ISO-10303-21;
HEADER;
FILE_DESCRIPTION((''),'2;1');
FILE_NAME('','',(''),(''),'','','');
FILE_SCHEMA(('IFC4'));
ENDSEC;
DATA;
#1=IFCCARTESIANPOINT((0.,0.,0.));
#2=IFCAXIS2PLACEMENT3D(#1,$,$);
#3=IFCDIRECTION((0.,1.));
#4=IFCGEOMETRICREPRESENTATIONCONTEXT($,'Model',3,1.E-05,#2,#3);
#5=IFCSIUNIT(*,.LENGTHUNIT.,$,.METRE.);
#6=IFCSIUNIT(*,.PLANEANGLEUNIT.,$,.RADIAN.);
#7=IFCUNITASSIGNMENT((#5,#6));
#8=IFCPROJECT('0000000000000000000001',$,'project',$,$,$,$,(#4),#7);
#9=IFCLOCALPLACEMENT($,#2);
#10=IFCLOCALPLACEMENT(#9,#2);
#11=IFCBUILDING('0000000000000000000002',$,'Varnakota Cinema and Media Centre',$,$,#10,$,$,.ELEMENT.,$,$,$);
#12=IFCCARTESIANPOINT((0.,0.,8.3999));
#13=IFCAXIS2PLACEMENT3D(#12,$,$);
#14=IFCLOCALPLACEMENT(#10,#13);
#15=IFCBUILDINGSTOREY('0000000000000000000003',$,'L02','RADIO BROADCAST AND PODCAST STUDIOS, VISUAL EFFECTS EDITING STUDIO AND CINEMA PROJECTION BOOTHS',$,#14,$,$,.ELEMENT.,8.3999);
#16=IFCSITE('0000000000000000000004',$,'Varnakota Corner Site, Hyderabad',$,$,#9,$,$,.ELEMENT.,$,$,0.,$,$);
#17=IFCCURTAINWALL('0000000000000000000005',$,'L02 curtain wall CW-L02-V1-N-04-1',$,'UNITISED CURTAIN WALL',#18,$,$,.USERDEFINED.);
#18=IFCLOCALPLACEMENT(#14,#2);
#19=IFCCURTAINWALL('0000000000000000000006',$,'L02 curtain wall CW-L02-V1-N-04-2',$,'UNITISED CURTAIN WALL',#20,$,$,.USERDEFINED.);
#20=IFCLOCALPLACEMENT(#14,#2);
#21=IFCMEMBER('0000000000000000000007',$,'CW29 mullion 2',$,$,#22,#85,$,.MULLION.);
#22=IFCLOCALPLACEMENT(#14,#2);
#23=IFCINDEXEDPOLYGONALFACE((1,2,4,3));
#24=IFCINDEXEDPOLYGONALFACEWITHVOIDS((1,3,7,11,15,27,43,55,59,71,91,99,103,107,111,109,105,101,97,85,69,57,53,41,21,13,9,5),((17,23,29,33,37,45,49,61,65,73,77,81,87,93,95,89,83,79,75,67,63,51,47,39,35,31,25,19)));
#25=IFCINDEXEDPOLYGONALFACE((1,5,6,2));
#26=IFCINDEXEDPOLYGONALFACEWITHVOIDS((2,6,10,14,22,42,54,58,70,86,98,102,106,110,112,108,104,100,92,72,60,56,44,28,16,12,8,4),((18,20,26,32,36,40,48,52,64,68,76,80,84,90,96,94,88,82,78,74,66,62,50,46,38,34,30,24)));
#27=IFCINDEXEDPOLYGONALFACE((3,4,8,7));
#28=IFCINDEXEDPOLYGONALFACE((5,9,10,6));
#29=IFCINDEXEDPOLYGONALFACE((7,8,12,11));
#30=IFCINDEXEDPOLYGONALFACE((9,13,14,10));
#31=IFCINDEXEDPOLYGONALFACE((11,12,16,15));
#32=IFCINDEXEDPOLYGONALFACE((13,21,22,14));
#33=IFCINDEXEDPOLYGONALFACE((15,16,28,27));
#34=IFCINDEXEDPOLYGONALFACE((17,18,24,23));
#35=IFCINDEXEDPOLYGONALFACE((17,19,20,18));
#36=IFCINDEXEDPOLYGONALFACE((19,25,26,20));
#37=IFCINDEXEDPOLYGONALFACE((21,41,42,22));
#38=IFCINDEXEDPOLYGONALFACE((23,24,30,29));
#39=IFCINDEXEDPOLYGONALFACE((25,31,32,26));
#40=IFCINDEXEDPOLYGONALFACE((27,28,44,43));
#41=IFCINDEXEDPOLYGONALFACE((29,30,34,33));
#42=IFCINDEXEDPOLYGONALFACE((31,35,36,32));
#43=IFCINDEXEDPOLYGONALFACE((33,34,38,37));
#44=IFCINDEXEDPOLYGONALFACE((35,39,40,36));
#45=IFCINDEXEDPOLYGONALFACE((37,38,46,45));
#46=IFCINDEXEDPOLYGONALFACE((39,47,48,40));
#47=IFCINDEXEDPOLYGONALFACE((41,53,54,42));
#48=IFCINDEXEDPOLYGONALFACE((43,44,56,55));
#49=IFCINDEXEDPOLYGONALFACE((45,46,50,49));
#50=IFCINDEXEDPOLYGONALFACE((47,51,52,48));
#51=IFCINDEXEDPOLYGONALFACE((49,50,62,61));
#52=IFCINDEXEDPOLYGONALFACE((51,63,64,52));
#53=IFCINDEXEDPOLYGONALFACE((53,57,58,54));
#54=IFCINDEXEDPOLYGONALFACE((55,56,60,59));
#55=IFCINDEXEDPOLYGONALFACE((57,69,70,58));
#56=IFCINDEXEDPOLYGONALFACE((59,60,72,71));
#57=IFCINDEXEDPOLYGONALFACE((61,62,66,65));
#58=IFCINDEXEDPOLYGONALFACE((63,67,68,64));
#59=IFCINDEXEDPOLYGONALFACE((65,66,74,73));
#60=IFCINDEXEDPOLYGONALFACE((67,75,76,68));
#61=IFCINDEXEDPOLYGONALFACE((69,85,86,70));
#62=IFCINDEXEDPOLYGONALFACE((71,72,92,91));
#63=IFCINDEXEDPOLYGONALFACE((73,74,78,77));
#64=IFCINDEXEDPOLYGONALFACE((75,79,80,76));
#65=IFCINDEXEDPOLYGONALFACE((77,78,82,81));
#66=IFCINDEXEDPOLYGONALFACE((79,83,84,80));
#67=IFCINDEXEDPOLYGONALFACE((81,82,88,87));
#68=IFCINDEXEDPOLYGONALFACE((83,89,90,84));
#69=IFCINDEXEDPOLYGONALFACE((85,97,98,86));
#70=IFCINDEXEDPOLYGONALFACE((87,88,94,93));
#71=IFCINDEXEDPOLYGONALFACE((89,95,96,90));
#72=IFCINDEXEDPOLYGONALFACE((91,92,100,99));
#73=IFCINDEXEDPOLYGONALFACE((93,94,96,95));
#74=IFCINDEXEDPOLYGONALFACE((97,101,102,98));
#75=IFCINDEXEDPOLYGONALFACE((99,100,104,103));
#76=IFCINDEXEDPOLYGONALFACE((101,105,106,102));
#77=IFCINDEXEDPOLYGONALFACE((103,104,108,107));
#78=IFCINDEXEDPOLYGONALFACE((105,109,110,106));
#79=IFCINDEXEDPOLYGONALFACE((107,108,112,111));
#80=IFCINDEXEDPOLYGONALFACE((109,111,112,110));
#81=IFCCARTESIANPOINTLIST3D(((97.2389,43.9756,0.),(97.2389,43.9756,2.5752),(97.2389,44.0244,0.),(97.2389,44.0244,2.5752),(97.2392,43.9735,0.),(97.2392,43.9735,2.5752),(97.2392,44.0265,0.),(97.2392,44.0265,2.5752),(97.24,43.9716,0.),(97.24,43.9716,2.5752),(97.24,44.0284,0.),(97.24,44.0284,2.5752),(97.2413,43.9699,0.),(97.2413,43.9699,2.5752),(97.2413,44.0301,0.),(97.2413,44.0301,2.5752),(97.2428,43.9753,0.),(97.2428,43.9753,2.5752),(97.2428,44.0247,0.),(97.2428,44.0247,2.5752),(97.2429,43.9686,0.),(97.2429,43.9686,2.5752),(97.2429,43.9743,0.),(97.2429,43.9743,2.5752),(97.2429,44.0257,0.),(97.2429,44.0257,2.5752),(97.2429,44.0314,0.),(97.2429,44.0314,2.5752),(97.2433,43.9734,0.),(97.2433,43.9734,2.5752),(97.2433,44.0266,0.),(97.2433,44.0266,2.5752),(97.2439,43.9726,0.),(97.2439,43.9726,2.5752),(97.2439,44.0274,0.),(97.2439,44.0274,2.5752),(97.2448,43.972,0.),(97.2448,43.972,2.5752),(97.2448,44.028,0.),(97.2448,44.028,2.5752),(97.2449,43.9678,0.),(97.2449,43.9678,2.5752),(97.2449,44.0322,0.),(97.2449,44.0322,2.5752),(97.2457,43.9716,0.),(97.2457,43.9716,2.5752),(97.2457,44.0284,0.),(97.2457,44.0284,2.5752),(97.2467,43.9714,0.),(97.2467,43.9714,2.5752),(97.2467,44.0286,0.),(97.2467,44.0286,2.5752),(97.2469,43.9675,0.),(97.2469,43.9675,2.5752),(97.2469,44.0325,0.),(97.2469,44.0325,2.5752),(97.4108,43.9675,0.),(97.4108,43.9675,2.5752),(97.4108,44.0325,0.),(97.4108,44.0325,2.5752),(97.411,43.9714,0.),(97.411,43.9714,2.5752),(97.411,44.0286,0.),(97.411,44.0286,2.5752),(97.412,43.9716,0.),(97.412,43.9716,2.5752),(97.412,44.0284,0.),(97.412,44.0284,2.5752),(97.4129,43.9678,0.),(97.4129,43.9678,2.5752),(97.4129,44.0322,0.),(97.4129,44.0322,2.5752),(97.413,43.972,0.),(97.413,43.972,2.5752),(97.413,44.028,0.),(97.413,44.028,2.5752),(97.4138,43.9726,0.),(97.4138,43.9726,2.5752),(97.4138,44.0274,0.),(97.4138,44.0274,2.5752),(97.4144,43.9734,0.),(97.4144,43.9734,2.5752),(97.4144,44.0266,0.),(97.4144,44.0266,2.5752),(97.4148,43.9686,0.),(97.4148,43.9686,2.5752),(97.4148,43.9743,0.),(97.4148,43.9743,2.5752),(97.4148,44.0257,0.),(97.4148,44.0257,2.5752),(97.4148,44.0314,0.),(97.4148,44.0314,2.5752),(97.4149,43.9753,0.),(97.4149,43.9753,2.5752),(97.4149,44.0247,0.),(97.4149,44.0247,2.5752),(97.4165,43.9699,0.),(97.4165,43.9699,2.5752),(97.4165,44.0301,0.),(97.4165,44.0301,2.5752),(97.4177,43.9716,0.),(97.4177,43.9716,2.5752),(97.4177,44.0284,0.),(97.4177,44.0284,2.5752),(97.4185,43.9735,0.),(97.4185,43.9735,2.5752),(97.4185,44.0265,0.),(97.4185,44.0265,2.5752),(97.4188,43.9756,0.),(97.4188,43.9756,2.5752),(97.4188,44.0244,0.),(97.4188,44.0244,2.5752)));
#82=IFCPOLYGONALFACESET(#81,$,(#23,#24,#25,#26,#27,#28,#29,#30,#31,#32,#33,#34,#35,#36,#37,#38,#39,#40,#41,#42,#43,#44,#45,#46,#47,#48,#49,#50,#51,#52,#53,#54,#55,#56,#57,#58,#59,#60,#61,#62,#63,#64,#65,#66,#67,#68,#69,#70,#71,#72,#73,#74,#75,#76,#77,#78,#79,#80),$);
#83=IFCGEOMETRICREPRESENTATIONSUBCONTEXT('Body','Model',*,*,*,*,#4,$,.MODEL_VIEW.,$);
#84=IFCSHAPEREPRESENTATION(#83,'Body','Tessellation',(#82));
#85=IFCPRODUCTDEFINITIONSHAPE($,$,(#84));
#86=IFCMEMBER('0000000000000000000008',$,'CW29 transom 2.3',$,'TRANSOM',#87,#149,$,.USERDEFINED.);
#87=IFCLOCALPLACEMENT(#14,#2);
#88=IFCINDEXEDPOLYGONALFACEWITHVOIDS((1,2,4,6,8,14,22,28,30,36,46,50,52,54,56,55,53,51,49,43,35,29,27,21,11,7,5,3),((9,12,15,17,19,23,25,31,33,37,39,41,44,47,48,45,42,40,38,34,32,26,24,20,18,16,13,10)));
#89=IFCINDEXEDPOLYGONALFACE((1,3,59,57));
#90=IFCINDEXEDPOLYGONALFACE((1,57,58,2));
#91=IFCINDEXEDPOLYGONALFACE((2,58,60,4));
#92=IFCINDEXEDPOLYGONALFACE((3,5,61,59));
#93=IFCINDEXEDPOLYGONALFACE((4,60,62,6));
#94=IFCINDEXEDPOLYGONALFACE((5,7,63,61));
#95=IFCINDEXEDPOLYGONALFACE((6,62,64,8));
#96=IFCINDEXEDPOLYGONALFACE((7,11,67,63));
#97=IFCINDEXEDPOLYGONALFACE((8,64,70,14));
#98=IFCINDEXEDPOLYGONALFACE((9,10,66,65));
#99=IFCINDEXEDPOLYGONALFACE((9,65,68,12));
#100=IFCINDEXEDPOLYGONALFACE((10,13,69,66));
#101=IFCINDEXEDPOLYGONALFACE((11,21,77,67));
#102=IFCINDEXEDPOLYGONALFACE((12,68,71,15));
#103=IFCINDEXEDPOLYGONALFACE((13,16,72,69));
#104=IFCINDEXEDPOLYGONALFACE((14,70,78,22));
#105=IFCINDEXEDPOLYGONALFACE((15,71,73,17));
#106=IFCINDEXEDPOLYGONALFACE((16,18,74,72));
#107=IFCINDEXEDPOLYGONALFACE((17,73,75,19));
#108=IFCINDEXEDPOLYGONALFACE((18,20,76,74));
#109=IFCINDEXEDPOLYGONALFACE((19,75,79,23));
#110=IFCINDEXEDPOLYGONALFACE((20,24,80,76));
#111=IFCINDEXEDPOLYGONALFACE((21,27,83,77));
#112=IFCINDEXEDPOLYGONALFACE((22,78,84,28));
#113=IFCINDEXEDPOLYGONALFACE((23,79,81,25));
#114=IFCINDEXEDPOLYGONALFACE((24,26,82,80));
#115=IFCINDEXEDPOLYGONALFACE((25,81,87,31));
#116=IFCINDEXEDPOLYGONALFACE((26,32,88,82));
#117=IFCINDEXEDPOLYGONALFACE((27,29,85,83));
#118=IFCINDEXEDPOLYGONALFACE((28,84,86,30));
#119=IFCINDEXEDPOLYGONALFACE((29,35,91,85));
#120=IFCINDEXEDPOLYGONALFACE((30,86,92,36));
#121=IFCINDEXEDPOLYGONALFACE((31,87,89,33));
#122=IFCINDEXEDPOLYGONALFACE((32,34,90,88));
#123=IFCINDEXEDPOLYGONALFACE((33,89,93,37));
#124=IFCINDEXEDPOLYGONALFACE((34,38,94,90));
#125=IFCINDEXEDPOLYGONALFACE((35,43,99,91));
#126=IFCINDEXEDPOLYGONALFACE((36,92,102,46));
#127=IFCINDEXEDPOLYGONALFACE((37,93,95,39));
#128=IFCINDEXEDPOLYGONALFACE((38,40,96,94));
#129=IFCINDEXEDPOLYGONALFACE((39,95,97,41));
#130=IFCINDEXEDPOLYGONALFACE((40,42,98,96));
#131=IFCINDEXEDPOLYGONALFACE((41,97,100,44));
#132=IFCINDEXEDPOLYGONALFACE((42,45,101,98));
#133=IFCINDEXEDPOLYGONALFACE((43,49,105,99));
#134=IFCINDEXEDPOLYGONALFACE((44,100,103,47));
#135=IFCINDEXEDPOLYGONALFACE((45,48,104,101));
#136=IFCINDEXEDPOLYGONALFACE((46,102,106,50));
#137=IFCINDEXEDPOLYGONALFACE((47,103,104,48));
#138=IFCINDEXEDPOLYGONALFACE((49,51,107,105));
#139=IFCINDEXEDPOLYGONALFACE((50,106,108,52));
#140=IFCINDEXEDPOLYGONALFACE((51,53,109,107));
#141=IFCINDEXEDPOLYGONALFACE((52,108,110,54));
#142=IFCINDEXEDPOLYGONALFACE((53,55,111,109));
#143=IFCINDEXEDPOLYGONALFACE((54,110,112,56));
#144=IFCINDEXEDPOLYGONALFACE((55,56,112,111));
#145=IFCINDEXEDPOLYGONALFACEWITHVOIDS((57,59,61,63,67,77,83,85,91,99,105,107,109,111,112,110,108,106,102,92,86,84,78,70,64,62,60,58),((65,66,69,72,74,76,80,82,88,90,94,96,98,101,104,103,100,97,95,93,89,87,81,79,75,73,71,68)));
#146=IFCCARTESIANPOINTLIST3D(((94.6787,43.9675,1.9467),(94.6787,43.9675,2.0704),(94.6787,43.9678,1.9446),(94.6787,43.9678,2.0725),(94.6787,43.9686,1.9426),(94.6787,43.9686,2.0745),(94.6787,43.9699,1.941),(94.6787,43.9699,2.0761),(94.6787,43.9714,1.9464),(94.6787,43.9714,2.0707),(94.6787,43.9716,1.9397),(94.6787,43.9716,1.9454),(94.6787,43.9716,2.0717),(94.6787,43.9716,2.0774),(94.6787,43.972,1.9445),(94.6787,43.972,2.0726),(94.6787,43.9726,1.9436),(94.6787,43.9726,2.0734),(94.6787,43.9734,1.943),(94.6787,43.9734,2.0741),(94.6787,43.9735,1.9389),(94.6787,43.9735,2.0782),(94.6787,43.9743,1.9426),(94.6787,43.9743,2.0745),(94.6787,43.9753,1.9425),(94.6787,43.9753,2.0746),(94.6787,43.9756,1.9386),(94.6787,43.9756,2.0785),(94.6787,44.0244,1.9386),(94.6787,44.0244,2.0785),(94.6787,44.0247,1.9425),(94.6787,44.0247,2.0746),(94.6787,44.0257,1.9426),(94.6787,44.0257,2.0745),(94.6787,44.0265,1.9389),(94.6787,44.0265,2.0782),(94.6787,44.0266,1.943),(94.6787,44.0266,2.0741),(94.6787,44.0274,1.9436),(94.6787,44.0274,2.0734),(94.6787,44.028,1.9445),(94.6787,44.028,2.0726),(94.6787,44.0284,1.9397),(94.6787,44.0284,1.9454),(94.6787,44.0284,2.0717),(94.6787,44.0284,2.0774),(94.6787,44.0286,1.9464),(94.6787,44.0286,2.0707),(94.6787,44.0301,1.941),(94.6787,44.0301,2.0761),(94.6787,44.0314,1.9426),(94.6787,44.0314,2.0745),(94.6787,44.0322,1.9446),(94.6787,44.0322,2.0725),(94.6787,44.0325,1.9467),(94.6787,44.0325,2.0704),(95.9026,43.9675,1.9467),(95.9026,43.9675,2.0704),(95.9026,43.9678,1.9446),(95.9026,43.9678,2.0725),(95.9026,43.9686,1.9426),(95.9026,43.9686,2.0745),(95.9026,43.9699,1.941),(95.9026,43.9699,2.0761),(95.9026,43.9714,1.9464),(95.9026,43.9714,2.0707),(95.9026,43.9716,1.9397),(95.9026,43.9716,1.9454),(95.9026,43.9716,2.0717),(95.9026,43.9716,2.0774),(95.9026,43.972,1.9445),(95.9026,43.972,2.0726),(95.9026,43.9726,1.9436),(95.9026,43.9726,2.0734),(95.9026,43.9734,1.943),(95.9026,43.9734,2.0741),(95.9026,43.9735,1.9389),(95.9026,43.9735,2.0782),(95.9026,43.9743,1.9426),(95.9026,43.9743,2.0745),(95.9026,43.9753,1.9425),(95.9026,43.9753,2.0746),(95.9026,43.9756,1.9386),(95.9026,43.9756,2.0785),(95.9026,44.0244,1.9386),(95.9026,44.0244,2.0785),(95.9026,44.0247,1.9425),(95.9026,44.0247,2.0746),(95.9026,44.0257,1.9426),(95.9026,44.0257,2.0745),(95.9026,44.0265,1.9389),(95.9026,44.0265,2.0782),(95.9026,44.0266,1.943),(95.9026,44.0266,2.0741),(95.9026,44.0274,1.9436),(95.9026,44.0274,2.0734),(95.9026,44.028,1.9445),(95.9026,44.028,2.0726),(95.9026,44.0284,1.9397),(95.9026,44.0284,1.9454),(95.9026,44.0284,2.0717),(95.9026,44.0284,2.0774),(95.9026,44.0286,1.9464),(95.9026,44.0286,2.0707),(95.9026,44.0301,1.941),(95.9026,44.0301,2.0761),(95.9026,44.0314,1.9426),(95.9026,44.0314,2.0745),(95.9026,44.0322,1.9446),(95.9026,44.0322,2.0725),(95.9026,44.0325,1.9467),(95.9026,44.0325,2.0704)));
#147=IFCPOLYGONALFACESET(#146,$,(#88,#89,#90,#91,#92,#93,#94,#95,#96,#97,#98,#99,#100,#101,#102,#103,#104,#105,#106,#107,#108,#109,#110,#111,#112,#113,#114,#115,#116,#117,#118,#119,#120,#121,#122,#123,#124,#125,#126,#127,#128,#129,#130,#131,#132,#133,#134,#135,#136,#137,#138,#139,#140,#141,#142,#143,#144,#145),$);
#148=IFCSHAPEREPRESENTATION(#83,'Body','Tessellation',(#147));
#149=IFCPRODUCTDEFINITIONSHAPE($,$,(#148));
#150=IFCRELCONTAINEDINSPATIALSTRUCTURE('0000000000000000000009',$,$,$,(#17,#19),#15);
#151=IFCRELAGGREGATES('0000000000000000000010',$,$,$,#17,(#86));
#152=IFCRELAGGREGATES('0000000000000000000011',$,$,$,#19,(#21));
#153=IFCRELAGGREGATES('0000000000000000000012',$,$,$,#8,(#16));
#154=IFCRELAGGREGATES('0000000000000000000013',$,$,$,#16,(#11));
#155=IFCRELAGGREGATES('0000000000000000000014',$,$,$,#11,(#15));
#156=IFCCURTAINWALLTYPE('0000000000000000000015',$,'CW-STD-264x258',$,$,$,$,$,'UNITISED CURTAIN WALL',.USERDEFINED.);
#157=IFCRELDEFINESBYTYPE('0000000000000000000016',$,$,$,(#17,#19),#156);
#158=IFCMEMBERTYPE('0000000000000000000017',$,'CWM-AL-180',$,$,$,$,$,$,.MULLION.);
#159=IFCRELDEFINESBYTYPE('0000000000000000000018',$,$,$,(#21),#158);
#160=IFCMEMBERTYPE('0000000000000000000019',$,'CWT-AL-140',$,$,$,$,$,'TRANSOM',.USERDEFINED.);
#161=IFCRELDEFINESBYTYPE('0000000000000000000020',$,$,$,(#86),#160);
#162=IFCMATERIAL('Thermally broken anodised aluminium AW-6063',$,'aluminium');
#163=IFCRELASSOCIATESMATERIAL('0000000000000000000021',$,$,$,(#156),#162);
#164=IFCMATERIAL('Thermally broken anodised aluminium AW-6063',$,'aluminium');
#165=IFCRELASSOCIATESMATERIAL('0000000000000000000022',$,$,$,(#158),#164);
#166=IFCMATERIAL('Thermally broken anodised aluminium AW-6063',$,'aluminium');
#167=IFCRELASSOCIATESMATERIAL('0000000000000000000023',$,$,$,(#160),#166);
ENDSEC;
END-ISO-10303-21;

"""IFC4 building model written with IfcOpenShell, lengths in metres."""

from ifc_helpers import new_model, si_unit, direction, frame, origin, origin_2d, place, context, subcontext, project, spatial, hollow_rectangle, extrude, material, material_profile, profile_set, type_object, element, aggregate, save


model = new_model("IFC4")

# Units and contexts
model_context = context("Model", 3, precision=1e-05, world=origin(), true_north=direction((0.0, 1.0)))
body_context = subcontext(model_context, "Body", "Model", "MODEL_VIEW")
ifc_project = project(units=[si_unit("LENGTHUNIT", "METRE"), si_unit("PLANEANGLEUNIT", "RADIAN")], contexts=[model_context])

# Site, building, storey
site_placement = place(None, origin())
site = spatial("IfcSite", under=ifc_project, at=site_placement, Name="Varnakota Corner Site, Hyderabad", CompositionType="ELEMENT", RefElevation=0.0)
building_placement = place(site_placement, origin())
building = spatial("IfcBuilding", under=site, at=building_placement, Name="Varnakota Cinema and Media Centre", CompositionType="ELEMENT")
storey_placement = place(building_placement, frame((0.0, 0.0, 8.3999)))
storey = spatial("IfcBuildingStorey", under=building, at=storey_placement, Name="L02", Description="RADIO BROADCAST AND PODCAST STUDIOS, VISUAL EFFECTS EDITING STUDIO AND CINEMA PROJECTION BOOTHS", CompositionType="ELEMENT", Elevation=8.3999)

# Curtain wall
ifc_material_1 = material(Name="Thermally broken anodised aluminium AW-6063", Category="aluminium")
curtain_wall_type = type_object("IfcCurtainWallType", Name="CW-STD-264x258", ElementType="UNITISED CURTAIN WALL", PredefinedType="USERDEFINED", material=ifc_material_1)
curtain_wall_1_placement = place(storey_placement, origin())
curtain_wall_1 = element("IfcCurtainWall", 1, at=curtain_wall_1_placement, inside=storey, type_object=curtain_wall_type, Name="L02 curtain wall CW-L02-V1-N-04-1", ObjectType="UNITISED CURTAIN WALL", PredefinedType="USERDEFINED")
ifc_material_2 = material(Name="Thermally broken anodised aluminium AW-6063", Category="aluminium")
ifc_material_profile_1 = material_profile(ifc_material_2, hollow_rectangle(XDim=0.0649, YDim=0.1799, WallThickness=0.0039, InnerFilletRadius=0.0039, OuterFilletRadius=0.0081, at=origin_2d()), Name="AL-MULLION 180x65x4")
ifc_profile_set_1 = profile_set([ifc_material_profile_1], Name="Thermally broken anodised aluminium AW-6063")
member_type_1 = type_object("IfcMemberType", Name="CWM-AL-180", PredefinedType="MULLION", material=ifc_profile_set_1)

# Curtain wall, member
curtain_wall_2_placement = place(storey_placement, origin())
curtain_wall_2 = element("IfcCurtainWall", 2, at=curtain_wall_2_placement, inside=storey, type_object=curtain_wall_type, Name="L02 curtain wall CW-L02-V1-N-04-2", ObjectType="UNITISED CURTAIN WALL", PredefinedType="USERDEFINED")
member_1_placement = place(storey_placement, frame((97.3289, 44.0, 0.0), z_axis=(0.0, 0.0, 1.0), x_axis=(0.0, 1.0, 0.0)))
member_1 = element("IfcMember", 3, at=member_1_placement, type_object=member_type_1, Name="CW29 mullion 2", PredefinedType="MULLION", context=body_context, shape_type="SweptSolid", body=[
    extrude(hollow_rectangle(XDim=0.0649, YDim=0.1799, WallThickness=0.0039, InnerFilletRadius=0.0039, OuterFilletRadius=0.0081, at=origin_2d()), origin(), (0.0, 0.0, 1.0), 2.5752),
])

# Member
ifc_material_3 = material(Name="Thermally broken anodised aluminium AW-6063", Category="aluminium")
ifc_material_profile_2 = material_profile(ifc_material_3, hollow_rectangle(XDim=0.0649, YDim=0.1399, WallThickness=0.0039, InnerFilletRadius=0.0039, OuterFilletRadius=0.0081, at=origin_2d()), Name="AL-TRANSOM 140x65x4")
ifc_profile_set_2 = profile_set([ifc_material_profile_2], Name="Thermally broken anodised aluminium AW-6063")
member_type_2 = type_object("IfcMemberType", Name="CWT-AL-140", ElementType="TRANSOM", PredefinedType="USERDEFINED", material=ifc_profile_set_2)
member_2_placement = place(storey_placement, frame((94.6787, 44.0, 2.0085), z_axis=(1.0, 0.0, 0.0), x_axis=(0.0, 1.0, 0.0)))
member_2 = element("IfcMember", 4, at=member_2_placement, type_object=member_type_2, Name="CW29 transom 2.3", ObjectType="TRANSOM", PredefinedType="USERDEFINED", context=body_context, shape_type="SweptSolid", body=[
    extrude(hollow_rectangle(XDim=0.0649, YDim=0.1399, WallThickness=0.0039, InnerFilletRadius=0.0039, OuterFilletRadius=0.0081, at=origin_2d()), origin(), (0.0, 0.0, 1.0), 1.2239),
])

aggregate(curtain_wall_1, [member_2])
aggregate(curtain_wall_2, [member_1])

save(model, "model.ifc")
